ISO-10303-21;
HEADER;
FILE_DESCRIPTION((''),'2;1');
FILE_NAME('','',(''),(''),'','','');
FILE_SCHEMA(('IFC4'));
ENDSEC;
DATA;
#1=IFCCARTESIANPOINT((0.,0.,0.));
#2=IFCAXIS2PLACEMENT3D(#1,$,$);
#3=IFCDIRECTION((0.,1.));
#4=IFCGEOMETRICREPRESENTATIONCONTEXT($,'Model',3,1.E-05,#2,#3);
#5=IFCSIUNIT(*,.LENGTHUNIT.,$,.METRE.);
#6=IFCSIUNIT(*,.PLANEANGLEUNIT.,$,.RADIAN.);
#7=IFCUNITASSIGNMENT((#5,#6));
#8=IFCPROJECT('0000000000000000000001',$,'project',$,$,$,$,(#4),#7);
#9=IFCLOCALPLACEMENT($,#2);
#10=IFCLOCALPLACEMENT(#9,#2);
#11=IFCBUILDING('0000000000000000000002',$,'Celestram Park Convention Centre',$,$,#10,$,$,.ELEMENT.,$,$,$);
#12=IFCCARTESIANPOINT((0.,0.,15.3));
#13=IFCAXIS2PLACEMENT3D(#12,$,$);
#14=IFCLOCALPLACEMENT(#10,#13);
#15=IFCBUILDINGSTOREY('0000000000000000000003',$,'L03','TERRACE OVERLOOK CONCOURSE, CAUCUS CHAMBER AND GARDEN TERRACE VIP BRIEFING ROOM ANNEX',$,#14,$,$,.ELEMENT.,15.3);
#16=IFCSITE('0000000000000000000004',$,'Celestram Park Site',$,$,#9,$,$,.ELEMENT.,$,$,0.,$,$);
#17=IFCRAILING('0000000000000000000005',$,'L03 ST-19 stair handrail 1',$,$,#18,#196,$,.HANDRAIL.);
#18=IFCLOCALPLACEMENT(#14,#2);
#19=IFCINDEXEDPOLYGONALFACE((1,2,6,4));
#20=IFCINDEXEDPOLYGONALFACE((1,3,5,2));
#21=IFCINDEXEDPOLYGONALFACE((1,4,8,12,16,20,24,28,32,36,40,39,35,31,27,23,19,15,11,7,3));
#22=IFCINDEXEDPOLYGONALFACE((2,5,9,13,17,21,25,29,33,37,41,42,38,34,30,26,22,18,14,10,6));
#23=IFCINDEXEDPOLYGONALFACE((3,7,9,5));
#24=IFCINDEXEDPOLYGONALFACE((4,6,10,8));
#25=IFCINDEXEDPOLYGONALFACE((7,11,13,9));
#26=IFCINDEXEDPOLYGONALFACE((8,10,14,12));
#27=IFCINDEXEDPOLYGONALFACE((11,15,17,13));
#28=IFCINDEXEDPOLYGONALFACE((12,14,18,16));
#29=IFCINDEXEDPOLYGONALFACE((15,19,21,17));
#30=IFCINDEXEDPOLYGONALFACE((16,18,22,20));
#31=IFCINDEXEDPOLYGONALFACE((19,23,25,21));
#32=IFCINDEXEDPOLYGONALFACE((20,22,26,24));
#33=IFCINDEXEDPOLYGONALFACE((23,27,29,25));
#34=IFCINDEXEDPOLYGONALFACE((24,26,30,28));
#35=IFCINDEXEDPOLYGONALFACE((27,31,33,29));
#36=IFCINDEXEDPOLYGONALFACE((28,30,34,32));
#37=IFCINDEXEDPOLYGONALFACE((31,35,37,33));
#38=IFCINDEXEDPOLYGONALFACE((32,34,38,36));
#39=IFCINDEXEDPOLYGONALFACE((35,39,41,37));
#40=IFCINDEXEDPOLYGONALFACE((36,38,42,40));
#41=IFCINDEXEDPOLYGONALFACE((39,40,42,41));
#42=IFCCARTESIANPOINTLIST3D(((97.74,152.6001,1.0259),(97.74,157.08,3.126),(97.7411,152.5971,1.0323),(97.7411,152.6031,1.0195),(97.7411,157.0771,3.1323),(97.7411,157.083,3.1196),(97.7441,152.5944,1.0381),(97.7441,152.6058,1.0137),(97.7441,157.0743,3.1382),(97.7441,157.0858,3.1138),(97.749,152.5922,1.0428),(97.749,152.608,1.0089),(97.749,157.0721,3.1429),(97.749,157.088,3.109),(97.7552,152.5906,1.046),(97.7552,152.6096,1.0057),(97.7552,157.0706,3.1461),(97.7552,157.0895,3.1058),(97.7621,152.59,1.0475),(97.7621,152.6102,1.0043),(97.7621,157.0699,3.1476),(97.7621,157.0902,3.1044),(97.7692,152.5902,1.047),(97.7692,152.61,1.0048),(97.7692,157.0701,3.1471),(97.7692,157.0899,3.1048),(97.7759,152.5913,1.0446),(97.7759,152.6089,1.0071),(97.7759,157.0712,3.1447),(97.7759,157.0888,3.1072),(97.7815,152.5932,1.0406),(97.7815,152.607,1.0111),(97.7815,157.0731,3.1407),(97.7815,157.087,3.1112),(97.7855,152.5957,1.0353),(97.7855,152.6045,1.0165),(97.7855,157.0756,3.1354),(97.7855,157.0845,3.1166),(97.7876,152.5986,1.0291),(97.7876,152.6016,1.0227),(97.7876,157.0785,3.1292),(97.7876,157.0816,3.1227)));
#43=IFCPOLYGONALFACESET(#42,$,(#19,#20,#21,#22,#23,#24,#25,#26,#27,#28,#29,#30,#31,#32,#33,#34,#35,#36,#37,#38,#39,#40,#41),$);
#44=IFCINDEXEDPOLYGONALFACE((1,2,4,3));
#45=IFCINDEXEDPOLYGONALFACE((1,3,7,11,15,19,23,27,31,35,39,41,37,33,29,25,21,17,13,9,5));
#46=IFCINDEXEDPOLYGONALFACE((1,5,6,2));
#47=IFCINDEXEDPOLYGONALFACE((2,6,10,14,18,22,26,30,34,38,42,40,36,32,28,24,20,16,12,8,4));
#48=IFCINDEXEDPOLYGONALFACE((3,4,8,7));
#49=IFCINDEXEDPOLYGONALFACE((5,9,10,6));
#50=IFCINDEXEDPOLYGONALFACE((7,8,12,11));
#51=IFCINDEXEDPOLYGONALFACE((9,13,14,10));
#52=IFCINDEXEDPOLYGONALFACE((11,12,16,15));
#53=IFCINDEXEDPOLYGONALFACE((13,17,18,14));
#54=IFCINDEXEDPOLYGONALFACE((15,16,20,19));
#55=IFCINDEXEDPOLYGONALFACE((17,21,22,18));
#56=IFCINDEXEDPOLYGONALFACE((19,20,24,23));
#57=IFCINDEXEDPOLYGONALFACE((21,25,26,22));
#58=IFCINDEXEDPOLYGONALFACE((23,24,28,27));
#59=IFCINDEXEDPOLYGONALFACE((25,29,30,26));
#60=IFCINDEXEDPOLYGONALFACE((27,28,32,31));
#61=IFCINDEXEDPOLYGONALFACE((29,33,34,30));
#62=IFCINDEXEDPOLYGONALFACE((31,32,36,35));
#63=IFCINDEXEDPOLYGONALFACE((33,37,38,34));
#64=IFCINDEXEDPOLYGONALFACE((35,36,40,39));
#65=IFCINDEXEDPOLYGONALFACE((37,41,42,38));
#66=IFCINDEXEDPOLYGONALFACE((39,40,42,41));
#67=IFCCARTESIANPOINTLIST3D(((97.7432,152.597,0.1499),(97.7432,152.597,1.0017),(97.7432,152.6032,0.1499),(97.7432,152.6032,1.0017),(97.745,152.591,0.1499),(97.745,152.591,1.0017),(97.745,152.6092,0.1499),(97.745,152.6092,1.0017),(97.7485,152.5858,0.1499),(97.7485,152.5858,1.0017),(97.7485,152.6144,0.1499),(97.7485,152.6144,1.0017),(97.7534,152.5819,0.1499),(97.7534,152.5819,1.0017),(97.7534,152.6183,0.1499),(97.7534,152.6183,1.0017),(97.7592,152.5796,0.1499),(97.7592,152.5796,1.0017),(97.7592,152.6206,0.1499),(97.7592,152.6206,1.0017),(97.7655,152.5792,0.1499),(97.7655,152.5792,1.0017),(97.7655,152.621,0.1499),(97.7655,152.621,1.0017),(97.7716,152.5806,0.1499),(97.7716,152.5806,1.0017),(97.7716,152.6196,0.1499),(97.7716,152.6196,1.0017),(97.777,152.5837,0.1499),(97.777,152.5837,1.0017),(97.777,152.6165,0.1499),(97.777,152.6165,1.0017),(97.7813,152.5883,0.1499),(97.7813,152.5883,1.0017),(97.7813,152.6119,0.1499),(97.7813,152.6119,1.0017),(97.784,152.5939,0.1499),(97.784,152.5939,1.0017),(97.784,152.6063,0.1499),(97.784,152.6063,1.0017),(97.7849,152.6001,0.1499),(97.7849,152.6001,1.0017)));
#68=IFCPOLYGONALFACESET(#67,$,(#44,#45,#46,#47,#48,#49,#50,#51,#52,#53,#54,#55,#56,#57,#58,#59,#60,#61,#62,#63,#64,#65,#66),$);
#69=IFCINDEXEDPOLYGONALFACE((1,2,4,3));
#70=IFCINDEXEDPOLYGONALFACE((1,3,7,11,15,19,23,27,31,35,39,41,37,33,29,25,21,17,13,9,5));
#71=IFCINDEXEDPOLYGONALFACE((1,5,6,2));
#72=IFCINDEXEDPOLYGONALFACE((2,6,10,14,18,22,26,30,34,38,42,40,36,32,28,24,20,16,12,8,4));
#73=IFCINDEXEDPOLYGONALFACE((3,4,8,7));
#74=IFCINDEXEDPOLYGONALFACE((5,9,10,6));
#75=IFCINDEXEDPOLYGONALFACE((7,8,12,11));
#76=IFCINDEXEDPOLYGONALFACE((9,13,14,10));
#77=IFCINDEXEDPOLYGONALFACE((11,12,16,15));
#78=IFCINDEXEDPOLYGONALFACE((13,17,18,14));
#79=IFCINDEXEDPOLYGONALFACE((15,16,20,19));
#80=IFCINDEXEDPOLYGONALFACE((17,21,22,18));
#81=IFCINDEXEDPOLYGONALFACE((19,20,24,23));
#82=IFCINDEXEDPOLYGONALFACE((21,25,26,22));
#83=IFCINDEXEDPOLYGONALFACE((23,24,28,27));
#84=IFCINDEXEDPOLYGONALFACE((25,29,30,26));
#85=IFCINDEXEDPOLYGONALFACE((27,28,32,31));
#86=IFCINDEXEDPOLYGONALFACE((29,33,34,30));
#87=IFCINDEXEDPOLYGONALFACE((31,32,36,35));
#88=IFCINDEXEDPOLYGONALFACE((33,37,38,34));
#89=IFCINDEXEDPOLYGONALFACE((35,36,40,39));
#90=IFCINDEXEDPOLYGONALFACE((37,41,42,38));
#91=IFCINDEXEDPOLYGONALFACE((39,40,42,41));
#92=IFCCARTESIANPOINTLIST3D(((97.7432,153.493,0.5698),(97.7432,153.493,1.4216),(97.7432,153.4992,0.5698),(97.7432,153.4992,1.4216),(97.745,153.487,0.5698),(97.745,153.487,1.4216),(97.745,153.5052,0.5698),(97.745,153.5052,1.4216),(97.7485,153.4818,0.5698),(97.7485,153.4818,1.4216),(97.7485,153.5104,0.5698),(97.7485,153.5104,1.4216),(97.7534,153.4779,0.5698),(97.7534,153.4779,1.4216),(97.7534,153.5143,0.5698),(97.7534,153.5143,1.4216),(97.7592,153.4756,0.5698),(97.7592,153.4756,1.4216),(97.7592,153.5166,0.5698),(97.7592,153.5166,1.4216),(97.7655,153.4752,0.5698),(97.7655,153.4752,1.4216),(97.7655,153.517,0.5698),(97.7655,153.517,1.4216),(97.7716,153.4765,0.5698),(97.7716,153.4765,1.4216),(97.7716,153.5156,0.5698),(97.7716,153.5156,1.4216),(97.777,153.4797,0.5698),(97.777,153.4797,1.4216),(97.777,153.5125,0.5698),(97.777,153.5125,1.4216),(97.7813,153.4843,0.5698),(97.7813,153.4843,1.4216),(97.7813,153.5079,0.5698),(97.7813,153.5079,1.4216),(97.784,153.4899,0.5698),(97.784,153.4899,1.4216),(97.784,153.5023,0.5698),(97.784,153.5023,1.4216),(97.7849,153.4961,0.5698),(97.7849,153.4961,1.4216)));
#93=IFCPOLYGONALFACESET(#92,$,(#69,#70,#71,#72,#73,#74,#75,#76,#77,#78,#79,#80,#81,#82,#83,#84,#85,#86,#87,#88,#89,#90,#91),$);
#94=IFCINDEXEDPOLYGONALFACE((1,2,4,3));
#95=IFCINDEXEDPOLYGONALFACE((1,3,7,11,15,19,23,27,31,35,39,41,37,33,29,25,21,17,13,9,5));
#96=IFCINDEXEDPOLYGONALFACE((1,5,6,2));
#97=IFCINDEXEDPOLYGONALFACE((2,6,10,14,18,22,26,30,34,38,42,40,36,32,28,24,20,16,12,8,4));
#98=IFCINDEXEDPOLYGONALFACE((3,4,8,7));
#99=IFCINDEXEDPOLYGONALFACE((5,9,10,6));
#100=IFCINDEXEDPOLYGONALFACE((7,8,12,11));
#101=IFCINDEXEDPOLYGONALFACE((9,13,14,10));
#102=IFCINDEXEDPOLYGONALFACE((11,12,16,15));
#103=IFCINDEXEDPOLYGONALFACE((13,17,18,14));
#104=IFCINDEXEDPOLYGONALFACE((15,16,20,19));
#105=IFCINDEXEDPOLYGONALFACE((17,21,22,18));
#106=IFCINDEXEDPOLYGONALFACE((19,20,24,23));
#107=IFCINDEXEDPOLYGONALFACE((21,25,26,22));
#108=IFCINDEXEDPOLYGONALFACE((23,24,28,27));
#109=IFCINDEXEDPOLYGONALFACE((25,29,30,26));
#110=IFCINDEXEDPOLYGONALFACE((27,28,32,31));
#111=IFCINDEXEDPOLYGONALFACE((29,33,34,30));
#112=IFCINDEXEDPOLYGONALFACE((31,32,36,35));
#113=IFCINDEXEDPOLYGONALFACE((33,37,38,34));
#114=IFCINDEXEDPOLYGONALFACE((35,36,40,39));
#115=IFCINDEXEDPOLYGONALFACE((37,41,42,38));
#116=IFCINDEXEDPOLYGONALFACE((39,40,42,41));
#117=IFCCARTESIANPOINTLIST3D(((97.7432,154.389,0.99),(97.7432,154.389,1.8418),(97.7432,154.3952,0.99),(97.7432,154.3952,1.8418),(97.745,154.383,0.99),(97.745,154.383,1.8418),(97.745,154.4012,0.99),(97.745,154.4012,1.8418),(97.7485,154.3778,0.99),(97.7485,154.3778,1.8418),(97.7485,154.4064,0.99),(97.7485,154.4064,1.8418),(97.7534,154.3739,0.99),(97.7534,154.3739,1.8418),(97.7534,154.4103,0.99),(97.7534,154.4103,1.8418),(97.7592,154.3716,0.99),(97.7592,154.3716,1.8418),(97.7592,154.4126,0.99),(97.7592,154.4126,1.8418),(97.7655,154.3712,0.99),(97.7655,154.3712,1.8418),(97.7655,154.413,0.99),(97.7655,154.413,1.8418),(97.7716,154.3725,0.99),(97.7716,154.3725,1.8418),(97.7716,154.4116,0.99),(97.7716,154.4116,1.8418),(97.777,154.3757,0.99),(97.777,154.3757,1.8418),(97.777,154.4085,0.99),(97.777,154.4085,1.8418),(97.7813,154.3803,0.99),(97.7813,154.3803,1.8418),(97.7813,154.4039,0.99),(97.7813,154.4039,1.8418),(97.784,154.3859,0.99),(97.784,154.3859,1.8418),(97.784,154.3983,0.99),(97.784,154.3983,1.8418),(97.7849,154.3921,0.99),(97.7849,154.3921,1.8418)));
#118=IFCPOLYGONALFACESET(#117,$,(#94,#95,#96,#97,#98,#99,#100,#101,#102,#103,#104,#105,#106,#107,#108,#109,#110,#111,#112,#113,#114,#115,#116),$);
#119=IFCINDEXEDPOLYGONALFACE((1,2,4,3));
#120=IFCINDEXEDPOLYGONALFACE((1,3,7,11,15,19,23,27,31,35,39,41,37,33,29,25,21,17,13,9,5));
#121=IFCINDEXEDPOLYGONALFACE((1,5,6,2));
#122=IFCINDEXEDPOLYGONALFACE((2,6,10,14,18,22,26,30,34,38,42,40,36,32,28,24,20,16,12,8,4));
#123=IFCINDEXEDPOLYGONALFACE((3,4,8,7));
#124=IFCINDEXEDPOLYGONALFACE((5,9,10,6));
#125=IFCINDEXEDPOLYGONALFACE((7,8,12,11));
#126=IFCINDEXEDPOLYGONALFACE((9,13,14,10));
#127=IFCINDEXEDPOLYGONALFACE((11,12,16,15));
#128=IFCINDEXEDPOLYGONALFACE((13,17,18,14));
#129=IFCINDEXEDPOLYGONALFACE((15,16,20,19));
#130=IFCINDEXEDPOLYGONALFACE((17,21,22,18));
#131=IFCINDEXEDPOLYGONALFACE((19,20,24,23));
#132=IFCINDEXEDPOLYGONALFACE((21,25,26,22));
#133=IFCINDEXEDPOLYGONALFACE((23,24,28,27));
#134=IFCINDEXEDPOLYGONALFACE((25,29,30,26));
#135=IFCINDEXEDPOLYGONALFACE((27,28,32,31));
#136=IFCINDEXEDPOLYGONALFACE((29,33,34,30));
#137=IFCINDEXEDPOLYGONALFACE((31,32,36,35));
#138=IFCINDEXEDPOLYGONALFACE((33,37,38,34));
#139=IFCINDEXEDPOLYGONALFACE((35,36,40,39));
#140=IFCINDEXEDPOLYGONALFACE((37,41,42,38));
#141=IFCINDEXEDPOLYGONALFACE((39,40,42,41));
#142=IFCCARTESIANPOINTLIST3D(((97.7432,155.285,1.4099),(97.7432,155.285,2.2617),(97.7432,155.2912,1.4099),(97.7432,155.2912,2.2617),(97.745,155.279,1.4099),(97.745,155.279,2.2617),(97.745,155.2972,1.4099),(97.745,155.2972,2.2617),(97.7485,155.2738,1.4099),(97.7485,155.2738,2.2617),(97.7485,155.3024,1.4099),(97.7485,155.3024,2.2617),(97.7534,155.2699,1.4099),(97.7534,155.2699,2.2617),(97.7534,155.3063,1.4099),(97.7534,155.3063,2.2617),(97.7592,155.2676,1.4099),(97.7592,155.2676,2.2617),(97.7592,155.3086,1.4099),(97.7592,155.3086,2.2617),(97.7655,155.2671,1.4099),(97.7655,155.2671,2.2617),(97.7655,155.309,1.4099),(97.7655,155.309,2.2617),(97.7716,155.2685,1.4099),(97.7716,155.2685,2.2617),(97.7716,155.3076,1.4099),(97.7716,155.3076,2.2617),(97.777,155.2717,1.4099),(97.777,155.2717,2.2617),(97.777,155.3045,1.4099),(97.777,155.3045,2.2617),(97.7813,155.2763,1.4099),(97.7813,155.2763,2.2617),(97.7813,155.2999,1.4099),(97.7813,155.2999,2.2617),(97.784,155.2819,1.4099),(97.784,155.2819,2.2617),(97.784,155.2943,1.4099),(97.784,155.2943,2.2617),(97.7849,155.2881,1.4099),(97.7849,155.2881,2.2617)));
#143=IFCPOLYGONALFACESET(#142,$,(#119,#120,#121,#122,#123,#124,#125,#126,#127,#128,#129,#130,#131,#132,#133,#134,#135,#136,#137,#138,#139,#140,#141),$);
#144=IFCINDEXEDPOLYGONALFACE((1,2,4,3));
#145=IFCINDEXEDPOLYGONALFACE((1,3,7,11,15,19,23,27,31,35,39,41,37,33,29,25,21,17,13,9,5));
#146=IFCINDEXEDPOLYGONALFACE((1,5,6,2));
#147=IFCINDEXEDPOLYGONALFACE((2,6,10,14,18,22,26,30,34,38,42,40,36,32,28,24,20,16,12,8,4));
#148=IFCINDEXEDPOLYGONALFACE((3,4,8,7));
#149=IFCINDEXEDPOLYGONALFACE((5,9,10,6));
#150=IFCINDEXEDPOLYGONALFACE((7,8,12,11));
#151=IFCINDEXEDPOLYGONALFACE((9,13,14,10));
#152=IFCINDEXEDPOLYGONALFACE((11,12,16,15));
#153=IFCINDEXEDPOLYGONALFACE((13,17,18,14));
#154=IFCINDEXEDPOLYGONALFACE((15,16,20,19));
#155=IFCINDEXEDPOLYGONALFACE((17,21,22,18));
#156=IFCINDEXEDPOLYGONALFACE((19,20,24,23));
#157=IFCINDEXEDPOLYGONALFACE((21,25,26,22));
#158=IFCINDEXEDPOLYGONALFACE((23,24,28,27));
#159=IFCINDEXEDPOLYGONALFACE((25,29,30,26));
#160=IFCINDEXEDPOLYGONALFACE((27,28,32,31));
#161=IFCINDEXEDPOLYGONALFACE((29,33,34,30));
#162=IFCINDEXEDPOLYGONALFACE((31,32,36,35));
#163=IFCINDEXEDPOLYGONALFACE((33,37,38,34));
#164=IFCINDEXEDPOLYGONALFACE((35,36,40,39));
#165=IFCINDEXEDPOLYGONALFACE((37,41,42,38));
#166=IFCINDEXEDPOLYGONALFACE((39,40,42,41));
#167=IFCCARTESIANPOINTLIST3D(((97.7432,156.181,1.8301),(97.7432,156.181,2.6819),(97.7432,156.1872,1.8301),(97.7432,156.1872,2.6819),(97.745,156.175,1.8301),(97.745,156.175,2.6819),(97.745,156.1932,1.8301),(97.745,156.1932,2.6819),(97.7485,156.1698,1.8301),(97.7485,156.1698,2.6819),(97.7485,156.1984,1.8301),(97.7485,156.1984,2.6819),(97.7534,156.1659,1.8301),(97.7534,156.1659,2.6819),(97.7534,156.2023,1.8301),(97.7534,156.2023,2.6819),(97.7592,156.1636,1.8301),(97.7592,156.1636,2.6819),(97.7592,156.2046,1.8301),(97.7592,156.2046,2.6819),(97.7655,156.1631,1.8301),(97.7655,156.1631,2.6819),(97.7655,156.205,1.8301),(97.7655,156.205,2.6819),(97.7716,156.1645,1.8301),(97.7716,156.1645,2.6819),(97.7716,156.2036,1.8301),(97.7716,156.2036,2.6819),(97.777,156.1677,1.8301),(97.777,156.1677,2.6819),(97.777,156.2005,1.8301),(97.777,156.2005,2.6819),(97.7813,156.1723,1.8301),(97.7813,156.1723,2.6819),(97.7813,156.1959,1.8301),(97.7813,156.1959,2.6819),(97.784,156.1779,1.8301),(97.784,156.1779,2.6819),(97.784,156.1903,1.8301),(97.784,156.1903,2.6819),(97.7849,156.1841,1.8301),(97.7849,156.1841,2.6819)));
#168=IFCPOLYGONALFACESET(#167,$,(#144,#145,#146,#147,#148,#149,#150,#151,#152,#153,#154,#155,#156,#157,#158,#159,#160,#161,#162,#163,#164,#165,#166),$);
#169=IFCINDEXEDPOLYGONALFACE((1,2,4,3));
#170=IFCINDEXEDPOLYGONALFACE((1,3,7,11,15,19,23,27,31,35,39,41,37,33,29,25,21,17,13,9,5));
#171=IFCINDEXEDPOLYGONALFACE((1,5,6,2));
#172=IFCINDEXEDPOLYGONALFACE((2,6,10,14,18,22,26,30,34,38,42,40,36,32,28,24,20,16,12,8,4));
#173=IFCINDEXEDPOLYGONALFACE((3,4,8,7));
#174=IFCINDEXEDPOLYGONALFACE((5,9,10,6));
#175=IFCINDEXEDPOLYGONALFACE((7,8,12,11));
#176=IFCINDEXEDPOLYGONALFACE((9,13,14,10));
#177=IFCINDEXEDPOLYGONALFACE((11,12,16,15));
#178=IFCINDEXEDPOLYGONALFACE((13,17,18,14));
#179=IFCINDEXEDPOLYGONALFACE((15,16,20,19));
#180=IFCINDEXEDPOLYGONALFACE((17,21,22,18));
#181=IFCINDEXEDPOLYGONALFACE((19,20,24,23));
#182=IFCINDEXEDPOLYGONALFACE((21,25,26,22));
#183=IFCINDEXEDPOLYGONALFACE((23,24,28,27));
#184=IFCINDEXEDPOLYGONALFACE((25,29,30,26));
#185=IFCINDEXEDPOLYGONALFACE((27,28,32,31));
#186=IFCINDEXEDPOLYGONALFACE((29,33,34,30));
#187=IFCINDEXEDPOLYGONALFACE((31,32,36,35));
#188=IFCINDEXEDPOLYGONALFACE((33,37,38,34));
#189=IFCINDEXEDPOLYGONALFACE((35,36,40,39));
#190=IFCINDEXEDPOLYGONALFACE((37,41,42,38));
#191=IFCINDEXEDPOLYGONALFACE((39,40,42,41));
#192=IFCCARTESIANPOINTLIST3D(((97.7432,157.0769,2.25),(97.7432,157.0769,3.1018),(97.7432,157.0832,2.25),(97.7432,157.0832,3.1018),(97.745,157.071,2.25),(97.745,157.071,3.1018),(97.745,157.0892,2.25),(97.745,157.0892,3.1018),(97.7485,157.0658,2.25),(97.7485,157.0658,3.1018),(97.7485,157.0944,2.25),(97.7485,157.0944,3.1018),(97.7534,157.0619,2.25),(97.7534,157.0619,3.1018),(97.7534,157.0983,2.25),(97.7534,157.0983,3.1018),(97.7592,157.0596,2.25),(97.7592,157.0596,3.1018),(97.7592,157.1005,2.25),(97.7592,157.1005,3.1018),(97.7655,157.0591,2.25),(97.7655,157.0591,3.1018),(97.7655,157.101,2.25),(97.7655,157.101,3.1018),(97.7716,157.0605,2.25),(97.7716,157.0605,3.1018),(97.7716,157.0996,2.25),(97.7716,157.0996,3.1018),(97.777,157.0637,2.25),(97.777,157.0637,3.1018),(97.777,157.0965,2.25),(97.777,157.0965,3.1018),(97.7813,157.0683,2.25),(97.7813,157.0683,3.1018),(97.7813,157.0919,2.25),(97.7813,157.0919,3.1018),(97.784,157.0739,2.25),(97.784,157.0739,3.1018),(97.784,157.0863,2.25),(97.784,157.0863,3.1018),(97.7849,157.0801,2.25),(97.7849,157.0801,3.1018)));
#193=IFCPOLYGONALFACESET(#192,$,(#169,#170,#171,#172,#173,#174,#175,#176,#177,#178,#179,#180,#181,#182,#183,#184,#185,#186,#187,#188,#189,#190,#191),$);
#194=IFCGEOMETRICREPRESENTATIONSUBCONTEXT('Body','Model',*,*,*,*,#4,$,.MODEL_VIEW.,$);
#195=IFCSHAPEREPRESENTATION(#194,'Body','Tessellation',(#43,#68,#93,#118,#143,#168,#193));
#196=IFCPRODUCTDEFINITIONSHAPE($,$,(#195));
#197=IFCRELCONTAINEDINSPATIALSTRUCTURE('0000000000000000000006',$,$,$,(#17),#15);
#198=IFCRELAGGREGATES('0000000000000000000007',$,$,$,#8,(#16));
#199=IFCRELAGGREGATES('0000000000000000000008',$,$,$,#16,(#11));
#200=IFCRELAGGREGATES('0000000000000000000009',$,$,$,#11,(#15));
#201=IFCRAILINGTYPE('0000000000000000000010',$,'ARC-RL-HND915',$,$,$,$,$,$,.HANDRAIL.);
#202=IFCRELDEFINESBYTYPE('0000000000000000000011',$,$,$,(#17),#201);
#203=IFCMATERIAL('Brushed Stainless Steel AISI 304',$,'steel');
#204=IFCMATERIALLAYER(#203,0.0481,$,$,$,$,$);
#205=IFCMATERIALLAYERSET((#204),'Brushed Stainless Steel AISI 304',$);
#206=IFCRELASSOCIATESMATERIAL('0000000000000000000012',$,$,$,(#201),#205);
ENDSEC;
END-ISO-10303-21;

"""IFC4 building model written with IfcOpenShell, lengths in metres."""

from ifc_helpers import new_model, si_unit, direction, frame, origin, origin_2d, place, context, subcontext, project, spatial, circle, extrude, material, layer, layer_set, type_object, element, save


model = new_model("IFC4")

# Units and contexts
model_context = context("Model", 3, precision=1e-05, world=origin(), true_north=direction((0.0, 1.0)))
body_context = subcontext(model_context, "Body", "Model", "MODEL_VIEW")
ifc_project = project(units=[si_unit("LENGTHUNIT", "METRE"), si_unit("PLANEANGLEUNIT", "RADIAN")], contexts=[model_context])

# Site, building, storey
site_placement = place(None, origin())
site = spatial("IfcSite", under=ifc_project, at=site_placement, Name="Celestram Park Site", CompositionType="ELEMENT", RefElevation=0.0)
building_placement = place(site_placement, origin())
building = spatial("IfcBuilding", under=site, at=building_placement, Name="Celestram Park Convention Centre", CompositionType="ELEMENT")
storey_placement = place(building_placement, frame((0.0, 0.0, 15.3)))
storey = spatial("IfcBuildingStorey", under=building, at=storey_placement, Name="L03", Description="TERRACE OVERLOOK CONCOURSE, CAUCUS CHAMBER AND GARDEN TERRACE VIP BRIEFING ROOM ANNEX", CompositionType="ELEMENT", Elevation=15.3)

# Railing
ifc_material_1 = material(Name="Brushed Stainless Steel AISI 304", Category="steel")
ifc_layer_1 = layer(ifc_material_1, 0.0481)
ifc_layer_set_1 = layer_set([ifc_layer_1], Name="Brushed Stainless Steel AISI 304")
railing_type_1 = type_object("IfcRailingType", Name="ARC-RL-HND915", PredefinedType="HANDRAIL", material=ifc_layer_set_1)
railing_1_placement = place(storey_placement, frame((97.7639, 152.6001, 0.1499)))
element("IfcRailing", 1, at=railing_1_placement, inside=storey, type_object=railing_type_1, Name="L03 ST-19 stair handrail 1", PredefinedType="HANDRAIL", context=body_context, shape_type="SweptSolid", body=[
    extrude(circle(Radius=0.0239, at=origin_2d()), frame((0.0, 0.0, 0.876), z_axis=(0.0, 0.905451, 0.424452), x_axis=(-1.0, 0.0, 0.0)), (0.0, 0.0, 1.0), 4.9478),
    extrude(circle(Radius=0.021, at=origin_2d()), origin(), (0.0, 0.0, 1.0), 0.8518),
    extrude(circle(Radius=0.021, at=origin_2d()), frame((0.0, 0.896, 0.4199)), (0.0, 0.0, 1.0), 0.8518),
    extrude(circle(Radius=0.021, at=origin_2d()), frame((0.0, 1.792, 0.8401)), (0.0, 0.0, 1.0), 0.8518),
    extrude(circle(Radius=0.021, at=origin_2d()), frame((0.0, 2.688, 1.26)), (0.0, 0.0, 1.0), 0.8518),
    extrude(circle(Radius=0.021, at=origin_2d()), frame((0.0, 3.584, 1.6802)), (0.0, 0.0, 1.0), 0.8518),
    extrude(circle(Radius=0.021, at=origin_2d()), frame((0.0, 4.48, 2.1001)), (0.0, 0.0, 1.0), 0.8518),
])

save(model, "model.ifc")
